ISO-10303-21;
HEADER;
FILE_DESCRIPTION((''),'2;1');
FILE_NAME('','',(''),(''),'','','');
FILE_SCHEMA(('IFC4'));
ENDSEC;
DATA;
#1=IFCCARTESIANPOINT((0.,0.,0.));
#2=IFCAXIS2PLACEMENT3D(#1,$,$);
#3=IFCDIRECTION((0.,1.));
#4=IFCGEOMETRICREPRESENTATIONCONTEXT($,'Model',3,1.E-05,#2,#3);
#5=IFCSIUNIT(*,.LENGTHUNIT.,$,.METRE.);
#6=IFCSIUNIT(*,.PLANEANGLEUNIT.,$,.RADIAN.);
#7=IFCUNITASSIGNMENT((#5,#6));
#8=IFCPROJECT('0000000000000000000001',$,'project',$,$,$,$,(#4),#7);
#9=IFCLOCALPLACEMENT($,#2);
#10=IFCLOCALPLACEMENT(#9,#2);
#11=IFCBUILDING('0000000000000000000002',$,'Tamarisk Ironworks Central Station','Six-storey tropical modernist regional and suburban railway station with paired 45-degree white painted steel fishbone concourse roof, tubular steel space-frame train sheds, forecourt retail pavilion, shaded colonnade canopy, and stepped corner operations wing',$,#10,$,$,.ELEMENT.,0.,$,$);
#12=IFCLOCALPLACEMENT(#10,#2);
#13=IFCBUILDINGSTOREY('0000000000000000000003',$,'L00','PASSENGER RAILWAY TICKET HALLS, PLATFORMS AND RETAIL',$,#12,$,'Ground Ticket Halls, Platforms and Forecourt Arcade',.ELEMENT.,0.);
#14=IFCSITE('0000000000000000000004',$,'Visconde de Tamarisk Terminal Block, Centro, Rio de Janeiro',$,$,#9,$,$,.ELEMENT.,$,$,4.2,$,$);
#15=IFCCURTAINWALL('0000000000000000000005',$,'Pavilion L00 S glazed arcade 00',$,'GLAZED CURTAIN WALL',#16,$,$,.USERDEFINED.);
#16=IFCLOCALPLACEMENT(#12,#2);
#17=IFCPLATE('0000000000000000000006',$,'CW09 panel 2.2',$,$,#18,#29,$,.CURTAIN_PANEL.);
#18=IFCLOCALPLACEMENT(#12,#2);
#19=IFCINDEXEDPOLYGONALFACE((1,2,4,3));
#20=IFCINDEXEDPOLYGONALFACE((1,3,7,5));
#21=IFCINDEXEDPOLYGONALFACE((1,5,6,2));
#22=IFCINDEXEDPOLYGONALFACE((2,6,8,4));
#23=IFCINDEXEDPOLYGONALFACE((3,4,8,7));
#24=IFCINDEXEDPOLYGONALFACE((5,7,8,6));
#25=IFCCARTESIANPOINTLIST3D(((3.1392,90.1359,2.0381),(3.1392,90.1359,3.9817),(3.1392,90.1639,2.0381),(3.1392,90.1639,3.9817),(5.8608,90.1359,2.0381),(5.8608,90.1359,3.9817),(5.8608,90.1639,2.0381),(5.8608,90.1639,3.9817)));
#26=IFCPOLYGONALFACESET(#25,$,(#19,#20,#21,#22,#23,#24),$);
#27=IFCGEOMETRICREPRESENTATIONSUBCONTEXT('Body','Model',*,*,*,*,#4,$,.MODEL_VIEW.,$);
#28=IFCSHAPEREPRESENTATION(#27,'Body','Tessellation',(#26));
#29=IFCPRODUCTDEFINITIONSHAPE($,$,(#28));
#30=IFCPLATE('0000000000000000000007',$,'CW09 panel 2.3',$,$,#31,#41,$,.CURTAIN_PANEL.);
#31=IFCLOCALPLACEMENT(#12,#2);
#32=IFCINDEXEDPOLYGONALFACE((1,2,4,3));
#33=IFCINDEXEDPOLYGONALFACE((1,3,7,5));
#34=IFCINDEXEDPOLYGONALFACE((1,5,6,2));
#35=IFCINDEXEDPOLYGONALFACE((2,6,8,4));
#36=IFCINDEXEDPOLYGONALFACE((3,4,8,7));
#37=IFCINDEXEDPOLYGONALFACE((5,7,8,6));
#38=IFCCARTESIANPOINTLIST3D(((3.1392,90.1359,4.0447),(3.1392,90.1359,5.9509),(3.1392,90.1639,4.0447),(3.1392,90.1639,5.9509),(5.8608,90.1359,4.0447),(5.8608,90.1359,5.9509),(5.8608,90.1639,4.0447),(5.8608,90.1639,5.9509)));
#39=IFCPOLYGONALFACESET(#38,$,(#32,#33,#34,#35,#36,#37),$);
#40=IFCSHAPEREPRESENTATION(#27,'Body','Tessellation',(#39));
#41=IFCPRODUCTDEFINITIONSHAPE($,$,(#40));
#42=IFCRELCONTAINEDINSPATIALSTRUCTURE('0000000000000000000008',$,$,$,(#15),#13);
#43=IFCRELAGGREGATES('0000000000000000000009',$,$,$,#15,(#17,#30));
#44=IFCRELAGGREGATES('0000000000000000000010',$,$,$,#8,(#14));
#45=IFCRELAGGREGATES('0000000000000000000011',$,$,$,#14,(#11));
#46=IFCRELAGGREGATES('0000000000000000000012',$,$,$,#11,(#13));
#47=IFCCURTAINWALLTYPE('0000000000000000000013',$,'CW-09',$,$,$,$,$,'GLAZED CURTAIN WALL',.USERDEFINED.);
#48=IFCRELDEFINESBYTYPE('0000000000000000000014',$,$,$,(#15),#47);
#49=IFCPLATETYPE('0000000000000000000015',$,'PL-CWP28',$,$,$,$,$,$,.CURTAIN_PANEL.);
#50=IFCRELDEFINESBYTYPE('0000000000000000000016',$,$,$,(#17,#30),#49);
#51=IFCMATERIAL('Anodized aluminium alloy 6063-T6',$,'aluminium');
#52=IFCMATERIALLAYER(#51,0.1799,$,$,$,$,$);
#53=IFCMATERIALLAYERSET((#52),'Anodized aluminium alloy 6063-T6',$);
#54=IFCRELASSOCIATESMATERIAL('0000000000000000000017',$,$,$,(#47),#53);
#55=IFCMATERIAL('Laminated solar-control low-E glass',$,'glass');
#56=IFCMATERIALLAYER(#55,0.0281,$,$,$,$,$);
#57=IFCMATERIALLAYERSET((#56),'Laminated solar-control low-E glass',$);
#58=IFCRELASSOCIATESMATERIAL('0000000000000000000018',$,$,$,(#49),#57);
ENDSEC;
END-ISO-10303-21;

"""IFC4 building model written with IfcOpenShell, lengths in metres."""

from ifc_helpers import new_model, si_unit, direction, frame, origin, origin_2d, place, context, subcontext, project, spatial, rectangle, extrude, material, layer, layer_set, type_object, element, aggregate, save


model = new_model("IFC4")

# Units and contexts
model_context = context("Model", 3, precision=1e-05, world=origin(), true_north=direction((0.0, 1.0)))
body_context = subcontext(model_context, "Body", "Model", "MODEL_VIEW")
ifc_project = project(units=[si_unit("LENGTHUNIT", "METRE"), si_unit("PLANEANGLEUNIT", "RADIAN")], contexts=[model_context])

# Site, building, storey
site_placement = place(None, origin())
site = spatial("IfcSite", under=ifc_project, at=site_placement, Name="Visconde de Tamarisk Terminal Block, Centro, Rio de Janeiro", CompositionType="ELEMENT", RefElevation=4.2)
building_placement = place(site_placement, origin())
building = spatial("IfcBuilding", under=site, at=building_placement, Name="Tamarisk Ironworks Central Station", Description="Six-storey tropical modernist regional and suburban railway station with paired 45-degree white painted steel fishbone concourse roof, tubular steel space-frame train sheds, forecourt retail pavilion, shaded colonnade canopy, and stepped corner operations wing", CompositionType="ELEMENT", ElevationOfRefHeight=0.0)
storey_placement = place(building_placement, origin())
storey = spatial("IfcBuildingStorey", under=building, at=storey_placement, Name="L00", Description="PASSENGER RAILWAY TICKET HALLS, PLATFORMS AND RETAIL", LongName="Ground Ticket Halls, Platforms and Forecourt Arcade", CompositionType="ELEMENT", Elevation=0.0)

# Curtain wall, plates
ifc_material_1 = material(Name="Anodized aluminium alloy 6063-T6", Category="aluminium")
ifc_layer_1 = layer(ifc_material_1, 0.1799)
ifc_layer_set_1 = layer_set([ifc_layer_1], Name="Anodized aluminium alloy 6063-T6")
curtain_wall_type = type_object("IfcCurtainWallType", Name="CW-09", ElementType="GLAZED CURTAIN WALL", PredefinedType="USERDEFINED", material=ifc_layer_set_1)
curtain_wall_placement = place(storey_placement, origin())
curtain_wall = element("IfcCurtainWall", 1, at=curtain_wall_placement, inside=storey, type_object=curtain_wall_type, Name="Pavilion L00 S glazed arcade 00", ObjectType="GLAZED CURTAIN WALL", PredefinedType="USERDEFINED")
ifc_material_2 = material(Name="Laminated solar-control low-E glass", Category="glass")
ifc_layer_2 = layer(ifc_material_2, 0.0281)
ifc_layer_set_2 = layer_set([ifc_layer_2], Name="Laminated solar-control low-E glass")
plate_type = type_object("IfcPlateType", Name="PL-CWP28", PredefinedType="CURTAIN_PANEL", material=ifc_layer_set_2)
plate_1_placement = place(storey_placement, frame((4.5, 90.1499, 2.0381), z_axis=(0.0, 0.0, 1.0), x_axis=(1.0, 0.0, 0.0)))
plate_1 = element("IfcPlate", 2, at=plate_1_placement, type_object=plate_type, Name="CW09 panel 2.2", PredefinedType="CURTAIN_PANEL", context=body_context, shape_type="SweptSolid", body=[
    extrude(rectangle(XDim=2.7217, YDim=0.0281, at=origin_2d()), origin(), (0.0, 0.0, 1.0), 1.9436),
])
plate_2_placement = place(storey_placement, frame((4.5, 90.1499, 4.0447), z_axis=(0.0, 0.0, 1.0), x_axis=(1.0, 0.0, 0.0)))
plate_2 = element("IfcPlate", 3, at=plate_2_placement, type_object=plate_type, Name="CW09 panel 2.3", PredefinedType="CURTAIN_PANEL", context=body_context, shape_type="SweptSolid", body=[
    extrude(rectangle(XDim=2.7217, YDim=0.0281, at=origin_2d()), origin(), (0.0, 0.0, 1.0), 1.9062),
])
aggregate(curtain_wall, [plate_1, plate_2])

save(model, "model.ifc")
